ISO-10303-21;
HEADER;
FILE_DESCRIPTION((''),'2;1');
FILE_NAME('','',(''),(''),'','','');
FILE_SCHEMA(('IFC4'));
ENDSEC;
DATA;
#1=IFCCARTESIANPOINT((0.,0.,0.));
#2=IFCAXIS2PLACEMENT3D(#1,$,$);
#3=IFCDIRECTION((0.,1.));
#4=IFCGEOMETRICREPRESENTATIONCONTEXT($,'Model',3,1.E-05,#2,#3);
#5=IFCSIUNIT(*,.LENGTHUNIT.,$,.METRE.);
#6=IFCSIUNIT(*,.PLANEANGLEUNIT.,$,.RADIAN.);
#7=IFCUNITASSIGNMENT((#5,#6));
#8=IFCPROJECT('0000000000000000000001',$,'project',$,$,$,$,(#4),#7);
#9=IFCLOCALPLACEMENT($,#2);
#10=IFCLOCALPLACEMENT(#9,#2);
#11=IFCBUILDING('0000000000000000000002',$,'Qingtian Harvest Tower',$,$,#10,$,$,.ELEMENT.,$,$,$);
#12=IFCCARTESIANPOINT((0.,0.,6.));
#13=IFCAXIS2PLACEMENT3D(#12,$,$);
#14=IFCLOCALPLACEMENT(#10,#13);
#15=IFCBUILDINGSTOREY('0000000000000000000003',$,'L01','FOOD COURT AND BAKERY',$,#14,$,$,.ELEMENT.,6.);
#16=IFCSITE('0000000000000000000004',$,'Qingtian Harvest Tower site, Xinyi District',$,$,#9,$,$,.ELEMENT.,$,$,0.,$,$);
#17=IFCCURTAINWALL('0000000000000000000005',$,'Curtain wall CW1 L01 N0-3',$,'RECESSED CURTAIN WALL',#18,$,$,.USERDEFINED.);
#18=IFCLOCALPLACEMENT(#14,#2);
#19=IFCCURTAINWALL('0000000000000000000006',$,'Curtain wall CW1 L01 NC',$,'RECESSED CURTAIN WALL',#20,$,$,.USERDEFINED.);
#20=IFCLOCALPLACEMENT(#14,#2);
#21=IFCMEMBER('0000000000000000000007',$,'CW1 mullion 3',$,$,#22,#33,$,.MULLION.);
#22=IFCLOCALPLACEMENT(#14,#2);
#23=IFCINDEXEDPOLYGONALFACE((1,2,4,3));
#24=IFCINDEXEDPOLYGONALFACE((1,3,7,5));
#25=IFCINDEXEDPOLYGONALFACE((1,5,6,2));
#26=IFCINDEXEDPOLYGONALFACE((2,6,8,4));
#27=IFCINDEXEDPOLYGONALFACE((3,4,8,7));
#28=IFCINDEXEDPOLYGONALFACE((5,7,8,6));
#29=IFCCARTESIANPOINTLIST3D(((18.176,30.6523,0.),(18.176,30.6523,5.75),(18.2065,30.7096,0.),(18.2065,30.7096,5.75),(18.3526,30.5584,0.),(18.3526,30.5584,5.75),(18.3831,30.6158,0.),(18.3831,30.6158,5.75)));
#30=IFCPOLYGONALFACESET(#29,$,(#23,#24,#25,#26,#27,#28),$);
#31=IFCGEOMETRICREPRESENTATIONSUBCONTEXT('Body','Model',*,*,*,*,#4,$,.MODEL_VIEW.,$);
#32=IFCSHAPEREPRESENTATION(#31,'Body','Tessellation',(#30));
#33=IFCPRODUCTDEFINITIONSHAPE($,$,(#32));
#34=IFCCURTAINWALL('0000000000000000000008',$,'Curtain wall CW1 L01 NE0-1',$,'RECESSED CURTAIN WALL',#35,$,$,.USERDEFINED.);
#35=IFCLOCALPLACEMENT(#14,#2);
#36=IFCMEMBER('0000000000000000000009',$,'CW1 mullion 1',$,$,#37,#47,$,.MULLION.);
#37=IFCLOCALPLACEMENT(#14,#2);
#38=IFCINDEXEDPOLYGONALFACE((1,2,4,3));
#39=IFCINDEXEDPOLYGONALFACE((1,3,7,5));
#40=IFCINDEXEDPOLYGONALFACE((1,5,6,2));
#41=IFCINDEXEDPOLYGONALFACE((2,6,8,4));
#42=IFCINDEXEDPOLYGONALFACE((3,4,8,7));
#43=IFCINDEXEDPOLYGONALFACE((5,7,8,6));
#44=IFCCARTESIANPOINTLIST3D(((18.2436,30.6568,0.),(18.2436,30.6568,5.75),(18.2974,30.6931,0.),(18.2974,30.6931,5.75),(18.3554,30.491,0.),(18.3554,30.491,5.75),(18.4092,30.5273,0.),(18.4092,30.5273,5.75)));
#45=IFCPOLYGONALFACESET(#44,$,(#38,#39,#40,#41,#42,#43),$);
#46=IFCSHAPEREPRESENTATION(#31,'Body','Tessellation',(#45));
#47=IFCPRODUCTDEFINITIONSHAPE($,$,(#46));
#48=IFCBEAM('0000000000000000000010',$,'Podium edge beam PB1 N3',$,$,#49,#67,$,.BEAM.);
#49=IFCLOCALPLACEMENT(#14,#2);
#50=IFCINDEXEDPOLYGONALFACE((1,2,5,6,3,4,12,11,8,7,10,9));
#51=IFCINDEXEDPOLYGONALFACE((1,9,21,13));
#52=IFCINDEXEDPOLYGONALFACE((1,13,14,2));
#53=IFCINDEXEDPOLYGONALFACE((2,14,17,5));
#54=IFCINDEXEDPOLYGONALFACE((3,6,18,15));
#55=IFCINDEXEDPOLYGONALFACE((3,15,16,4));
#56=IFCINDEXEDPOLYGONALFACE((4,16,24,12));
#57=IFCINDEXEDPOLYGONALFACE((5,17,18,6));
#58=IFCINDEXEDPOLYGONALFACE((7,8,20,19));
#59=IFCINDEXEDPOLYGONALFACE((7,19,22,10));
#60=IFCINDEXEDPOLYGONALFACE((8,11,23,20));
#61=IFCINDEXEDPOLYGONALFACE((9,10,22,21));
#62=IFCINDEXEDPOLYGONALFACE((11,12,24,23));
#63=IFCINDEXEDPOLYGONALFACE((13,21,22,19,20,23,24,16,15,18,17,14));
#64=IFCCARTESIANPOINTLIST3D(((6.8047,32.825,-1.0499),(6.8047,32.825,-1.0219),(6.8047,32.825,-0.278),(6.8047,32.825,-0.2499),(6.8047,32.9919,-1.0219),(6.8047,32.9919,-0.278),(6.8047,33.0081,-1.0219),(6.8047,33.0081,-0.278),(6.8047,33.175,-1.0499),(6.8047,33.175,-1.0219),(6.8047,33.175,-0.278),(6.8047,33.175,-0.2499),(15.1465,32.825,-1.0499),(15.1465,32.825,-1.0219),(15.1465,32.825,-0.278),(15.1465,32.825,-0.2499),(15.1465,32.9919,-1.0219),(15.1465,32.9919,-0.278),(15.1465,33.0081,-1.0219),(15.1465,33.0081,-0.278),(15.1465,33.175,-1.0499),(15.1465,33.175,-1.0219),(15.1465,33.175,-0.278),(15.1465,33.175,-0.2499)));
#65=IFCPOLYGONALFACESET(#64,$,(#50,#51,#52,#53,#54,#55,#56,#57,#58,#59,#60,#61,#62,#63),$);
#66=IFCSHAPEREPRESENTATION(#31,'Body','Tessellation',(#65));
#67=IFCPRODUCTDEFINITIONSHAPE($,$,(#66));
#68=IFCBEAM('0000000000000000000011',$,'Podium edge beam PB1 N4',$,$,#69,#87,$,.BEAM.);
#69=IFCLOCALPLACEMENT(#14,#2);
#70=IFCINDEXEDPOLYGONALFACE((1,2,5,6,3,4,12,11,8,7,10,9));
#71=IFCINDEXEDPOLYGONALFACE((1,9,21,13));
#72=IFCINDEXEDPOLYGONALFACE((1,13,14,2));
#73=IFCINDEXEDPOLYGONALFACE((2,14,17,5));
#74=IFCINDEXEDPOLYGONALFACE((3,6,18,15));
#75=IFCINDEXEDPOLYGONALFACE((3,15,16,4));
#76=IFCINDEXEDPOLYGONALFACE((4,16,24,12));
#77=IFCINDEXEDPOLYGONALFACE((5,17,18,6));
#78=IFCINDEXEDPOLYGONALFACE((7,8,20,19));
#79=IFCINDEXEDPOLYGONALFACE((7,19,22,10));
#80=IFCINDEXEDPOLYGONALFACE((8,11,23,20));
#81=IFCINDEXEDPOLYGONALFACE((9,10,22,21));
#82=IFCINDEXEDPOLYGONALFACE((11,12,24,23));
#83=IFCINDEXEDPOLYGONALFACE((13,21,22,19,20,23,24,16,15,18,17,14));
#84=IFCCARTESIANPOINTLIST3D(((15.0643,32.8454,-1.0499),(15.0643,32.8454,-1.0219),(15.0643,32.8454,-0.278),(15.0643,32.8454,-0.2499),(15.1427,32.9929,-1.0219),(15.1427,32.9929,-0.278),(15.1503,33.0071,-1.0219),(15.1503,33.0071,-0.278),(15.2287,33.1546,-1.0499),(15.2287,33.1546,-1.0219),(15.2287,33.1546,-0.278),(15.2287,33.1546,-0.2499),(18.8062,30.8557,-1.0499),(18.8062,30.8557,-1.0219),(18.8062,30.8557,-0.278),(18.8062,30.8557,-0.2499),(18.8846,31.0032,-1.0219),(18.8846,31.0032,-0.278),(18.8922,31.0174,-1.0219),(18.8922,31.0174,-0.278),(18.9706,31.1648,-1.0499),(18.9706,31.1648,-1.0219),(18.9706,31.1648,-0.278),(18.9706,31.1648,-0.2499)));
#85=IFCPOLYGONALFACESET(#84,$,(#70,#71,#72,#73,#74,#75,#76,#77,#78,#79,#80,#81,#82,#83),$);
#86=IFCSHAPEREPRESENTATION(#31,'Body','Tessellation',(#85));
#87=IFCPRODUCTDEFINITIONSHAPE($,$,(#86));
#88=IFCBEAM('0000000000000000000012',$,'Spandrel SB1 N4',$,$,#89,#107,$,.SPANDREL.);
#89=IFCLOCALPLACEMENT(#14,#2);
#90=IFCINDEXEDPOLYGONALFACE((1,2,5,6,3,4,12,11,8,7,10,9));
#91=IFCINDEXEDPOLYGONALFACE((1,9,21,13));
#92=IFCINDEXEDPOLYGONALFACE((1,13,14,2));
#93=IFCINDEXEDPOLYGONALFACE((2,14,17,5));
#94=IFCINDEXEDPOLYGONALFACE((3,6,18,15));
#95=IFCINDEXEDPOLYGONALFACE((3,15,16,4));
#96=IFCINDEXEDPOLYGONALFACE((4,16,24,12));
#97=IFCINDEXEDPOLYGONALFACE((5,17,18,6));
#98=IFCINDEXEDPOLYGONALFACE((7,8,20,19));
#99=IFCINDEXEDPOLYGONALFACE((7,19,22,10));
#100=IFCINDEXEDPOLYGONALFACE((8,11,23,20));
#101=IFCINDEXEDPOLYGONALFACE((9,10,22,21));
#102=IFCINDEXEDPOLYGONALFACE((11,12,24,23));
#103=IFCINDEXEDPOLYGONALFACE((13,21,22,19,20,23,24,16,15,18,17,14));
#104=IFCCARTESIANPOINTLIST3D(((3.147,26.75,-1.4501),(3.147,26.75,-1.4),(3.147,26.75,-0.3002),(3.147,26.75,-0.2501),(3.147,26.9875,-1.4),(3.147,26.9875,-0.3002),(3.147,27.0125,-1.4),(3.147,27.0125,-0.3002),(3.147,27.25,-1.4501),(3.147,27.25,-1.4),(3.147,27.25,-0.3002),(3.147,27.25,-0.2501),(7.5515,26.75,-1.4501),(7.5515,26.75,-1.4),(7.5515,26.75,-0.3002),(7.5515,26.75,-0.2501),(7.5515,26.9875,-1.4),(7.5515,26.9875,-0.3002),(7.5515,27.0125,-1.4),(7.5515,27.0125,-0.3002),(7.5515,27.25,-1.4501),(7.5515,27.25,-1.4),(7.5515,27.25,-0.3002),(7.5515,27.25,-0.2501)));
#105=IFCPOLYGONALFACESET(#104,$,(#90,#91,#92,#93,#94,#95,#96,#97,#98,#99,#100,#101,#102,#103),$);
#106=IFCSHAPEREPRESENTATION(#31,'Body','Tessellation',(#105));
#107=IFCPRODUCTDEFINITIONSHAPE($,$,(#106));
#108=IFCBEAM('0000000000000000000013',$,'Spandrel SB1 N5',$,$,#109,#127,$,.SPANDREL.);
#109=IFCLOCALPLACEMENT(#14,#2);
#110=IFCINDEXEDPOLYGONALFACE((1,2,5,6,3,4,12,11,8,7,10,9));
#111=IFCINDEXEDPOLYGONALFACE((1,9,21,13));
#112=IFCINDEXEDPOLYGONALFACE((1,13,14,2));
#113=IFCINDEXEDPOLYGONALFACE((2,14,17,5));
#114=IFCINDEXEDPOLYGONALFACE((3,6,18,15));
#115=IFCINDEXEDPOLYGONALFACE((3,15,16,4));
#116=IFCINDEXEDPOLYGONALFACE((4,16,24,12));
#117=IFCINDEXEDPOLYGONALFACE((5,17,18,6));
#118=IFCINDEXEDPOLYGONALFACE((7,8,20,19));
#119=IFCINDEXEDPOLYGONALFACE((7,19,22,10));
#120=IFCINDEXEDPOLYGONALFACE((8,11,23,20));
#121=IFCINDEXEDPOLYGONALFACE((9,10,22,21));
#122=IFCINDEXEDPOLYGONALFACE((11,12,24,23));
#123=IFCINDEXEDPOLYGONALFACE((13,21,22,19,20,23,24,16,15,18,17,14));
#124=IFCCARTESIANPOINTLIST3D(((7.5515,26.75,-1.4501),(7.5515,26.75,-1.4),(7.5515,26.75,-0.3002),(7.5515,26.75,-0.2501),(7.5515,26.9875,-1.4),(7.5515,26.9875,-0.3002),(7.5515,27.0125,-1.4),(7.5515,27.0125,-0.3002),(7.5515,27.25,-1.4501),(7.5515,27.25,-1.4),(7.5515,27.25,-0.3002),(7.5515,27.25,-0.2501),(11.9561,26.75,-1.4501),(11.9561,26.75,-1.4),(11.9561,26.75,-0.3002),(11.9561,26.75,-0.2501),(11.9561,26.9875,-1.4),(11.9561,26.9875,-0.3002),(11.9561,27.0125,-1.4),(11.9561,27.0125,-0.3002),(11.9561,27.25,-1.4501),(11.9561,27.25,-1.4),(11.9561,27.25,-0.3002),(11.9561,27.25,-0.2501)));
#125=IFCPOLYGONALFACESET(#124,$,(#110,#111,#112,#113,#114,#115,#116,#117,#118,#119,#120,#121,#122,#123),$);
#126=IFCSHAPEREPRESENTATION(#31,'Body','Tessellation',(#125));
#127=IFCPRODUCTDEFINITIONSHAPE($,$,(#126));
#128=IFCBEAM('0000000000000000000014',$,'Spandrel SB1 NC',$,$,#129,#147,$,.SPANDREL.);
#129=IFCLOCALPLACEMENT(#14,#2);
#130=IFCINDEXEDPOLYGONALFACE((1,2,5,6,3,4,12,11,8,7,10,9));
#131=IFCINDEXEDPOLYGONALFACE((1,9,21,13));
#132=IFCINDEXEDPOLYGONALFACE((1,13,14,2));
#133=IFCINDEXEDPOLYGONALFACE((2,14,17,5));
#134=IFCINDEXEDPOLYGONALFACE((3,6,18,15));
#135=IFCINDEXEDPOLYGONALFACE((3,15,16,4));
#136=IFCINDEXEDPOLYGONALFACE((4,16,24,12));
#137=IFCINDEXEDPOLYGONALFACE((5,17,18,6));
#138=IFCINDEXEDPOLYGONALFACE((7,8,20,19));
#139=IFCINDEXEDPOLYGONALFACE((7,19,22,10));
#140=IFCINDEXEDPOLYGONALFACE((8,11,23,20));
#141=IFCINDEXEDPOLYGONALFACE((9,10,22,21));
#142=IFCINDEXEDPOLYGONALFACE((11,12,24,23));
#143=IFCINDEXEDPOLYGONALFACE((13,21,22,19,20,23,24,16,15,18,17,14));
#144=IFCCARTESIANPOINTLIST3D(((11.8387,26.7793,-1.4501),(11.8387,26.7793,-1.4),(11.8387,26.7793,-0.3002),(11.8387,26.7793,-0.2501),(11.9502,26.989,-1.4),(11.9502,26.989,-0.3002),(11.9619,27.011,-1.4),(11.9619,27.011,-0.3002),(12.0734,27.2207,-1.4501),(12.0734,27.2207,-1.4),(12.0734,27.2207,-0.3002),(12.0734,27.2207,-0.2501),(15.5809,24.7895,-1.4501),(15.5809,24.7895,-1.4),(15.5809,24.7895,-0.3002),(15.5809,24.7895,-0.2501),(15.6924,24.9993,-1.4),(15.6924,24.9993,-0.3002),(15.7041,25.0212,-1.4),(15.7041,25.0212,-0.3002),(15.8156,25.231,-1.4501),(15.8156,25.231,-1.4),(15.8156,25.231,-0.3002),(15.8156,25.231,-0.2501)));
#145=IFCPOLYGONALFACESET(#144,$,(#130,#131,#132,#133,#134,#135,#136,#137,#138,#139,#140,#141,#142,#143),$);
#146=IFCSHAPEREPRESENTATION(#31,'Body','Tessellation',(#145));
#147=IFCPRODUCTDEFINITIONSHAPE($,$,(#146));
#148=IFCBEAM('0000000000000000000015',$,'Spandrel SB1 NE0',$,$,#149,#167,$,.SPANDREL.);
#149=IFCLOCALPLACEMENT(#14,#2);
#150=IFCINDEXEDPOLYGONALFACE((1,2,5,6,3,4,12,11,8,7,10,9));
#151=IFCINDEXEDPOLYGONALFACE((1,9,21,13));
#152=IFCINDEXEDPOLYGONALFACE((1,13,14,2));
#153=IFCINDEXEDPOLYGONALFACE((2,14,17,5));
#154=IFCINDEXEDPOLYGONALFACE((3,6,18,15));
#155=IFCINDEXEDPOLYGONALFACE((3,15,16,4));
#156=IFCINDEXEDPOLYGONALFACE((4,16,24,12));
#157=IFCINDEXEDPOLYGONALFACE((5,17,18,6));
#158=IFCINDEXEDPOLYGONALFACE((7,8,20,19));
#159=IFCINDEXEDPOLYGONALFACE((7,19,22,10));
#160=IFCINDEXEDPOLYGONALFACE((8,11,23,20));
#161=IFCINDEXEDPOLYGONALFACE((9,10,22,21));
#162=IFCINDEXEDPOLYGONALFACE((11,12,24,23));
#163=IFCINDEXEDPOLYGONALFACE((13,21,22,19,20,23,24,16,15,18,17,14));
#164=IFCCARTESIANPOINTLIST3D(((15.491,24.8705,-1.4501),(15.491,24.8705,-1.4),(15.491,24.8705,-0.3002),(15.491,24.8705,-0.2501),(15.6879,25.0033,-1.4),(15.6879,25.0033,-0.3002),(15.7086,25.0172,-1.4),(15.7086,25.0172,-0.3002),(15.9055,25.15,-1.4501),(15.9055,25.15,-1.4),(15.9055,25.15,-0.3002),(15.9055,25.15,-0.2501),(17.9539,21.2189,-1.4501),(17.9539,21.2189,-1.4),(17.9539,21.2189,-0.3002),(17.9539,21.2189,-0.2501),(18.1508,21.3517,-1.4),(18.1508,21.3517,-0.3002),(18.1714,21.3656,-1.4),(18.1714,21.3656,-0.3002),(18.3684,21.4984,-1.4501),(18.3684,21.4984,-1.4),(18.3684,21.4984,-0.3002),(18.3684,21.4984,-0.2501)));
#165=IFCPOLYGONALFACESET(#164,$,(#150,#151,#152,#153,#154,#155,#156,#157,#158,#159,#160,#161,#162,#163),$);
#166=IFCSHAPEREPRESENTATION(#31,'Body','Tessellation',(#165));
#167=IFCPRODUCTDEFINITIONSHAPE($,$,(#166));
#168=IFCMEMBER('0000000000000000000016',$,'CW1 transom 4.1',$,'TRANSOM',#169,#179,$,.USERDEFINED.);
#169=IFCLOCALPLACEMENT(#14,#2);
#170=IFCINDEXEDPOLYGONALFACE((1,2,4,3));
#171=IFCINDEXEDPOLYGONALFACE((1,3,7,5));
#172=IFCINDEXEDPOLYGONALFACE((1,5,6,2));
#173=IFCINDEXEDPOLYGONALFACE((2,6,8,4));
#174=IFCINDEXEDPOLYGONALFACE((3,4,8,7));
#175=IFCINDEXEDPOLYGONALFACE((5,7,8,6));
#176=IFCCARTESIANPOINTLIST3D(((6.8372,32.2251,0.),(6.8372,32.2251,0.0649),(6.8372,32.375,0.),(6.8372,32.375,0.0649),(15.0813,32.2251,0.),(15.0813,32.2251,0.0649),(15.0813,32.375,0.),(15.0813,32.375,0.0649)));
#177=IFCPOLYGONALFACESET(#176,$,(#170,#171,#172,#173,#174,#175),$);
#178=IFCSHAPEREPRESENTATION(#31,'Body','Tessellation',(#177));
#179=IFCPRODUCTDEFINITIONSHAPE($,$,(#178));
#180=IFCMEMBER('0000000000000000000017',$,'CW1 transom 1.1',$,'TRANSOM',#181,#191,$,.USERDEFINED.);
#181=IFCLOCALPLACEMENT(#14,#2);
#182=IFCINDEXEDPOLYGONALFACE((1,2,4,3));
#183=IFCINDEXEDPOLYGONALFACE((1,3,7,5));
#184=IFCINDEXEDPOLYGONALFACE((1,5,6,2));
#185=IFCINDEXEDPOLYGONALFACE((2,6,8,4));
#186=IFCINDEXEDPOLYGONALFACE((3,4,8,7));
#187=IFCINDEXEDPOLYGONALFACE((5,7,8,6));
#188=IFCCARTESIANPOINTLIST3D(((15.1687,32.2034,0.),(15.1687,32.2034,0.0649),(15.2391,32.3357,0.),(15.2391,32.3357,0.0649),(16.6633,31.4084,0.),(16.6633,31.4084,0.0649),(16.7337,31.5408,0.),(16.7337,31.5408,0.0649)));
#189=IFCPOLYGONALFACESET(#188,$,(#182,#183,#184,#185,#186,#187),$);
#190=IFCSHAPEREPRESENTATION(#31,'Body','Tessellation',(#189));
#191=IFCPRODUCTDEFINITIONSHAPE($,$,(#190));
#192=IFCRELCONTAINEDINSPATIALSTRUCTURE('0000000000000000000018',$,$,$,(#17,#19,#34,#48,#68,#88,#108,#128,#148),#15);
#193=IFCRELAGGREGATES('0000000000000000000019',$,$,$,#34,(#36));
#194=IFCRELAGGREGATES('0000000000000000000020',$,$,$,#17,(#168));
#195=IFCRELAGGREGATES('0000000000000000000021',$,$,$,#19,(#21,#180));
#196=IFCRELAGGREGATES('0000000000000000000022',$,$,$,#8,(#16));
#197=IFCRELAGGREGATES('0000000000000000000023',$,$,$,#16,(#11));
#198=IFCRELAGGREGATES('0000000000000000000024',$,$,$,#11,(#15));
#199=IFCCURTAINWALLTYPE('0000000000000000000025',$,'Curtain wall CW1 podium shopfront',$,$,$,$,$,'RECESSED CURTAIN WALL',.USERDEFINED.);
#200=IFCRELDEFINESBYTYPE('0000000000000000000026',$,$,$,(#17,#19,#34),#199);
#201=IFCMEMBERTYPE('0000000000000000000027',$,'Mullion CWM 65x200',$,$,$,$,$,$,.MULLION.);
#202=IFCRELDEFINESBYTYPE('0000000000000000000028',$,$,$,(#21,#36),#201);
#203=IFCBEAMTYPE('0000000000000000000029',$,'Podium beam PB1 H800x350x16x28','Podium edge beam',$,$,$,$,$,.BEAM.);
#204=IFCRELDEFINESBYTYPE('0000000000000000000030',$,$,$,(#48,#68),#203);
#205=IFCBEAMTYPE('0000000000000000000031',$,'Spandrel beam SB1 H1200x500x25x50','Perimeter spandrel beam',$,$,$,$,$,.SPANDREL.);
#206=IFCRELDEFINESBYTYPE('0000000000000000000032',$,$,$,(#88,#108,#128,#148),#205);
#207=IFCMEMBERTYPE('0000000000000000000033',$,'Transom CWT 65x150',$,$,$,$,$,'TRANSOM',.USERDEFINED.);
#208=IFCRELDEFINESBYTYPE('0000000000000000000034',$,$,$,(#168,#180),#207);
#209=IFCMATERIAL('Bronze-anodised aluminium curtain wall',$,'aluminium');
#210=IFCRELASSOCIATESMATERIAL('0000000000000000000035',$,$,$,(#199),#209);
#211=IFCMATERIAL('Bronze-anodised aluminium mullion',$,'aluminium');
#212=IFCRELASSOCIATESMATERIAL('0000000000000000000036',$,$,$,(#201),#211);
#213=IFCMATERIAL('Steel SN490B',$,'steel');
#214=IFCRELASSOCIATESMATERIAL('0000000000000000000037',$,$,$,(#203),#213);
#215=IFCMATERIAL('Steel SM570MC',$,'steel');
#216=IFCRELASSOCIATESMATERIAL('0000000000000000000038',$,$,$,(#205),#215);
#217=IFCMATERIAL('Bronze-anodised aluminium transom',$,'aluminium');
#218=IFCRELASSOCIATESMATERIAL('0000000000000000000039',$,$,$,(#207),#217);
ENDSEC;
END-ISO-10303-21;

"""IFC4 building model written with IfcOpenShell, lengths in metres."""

from ifc_helpers import new_model, si_unit, direction, frame, origin, origin_2d, place, context, subcontext, project, spatial, rectangle, i_section, extrude, material, material_profile, profile_set, type_object, element, aggregate, save


model = new_model("IFC4")

# Units and contexts
model_context = context("Model", 3, precision=1e-05, world=origin(), true_north=direction((0.0, 1.0)))
body_context = subcontext(model_context, "Body", "Model", "MODEL_VIEW")
ifc_project = project(units=[si_unit("LENGTHUNIT", "METRE"), si_unit("PLANEANGLEUNIT", "RADIAN")], contexts=[model_context])

# Site, building, storey
site_placement = place(None, origin())
site = spatial("IfcSite", under=ifc_project, at=site_placement, Name="Qingtian Harvest Tower site, Xinyi District", CompositionType="ELEMENT", RefElevation=0.0)
building_placement = place(site_placement, origin())
building = spatial("IfcBuilding", under=site, at=building_placement, Name="Qingtian Harvest Tower", CompositionType="ELEMENT")
storey_placement = place(building_placement, frame((0.0, 0.0, 6.0)))
storey = spatial("IfcBuildingStorey", under=building, at=storey_placement, Name="L01", Description="FOOD COURT AND BAKERY", CompositionType="ELEMENT", Elevation=6.0)

# Curtain walls, member
ifc_material_1 = material(Name="Bronze-anodised aluminium curtain wall", Category="aluminium")
curtain_wall_type = type_object("IfcCurtainWallType", Name="Curtain wall CW1 podium shopfront", ElementType="RECESSED CURTAIN WALL", PredefinedType="USERDEFINED", material=ifc_material_1)
curtain_wall_1_placement = place(storey_placement, origin())
curtain_wall_1 = element("IfcCurtainWall", 1, at=curtain_wall_1_placement, inside=storey, type_object=curtain_wall_type, Name="Curtain wall CW1 L01 N0-3", ObjectType="RECESSED CURTAIN WALL", PredefinedType="USERDEFINED")
ifc_material_2 = material(Name="Bronze-anodised aluminium mullion", Category="aluminium")
ifc_material_profile_1 = material_profile(ifc_material_2, rectangle(XDim=0.0649, YDim=0.2, at=origin_2d()), Name="AL 65x200")
ifc_profile_set_1 = profile_set([ifc_material_profile_1], Name="Bronze-anodised aluminium mullion")
member_type_1 = type_object("IfcMemberType", Name="Mullion CWM 65x200", PredefinedType="MULLION", material=ifc_profile_set_1)
curtain_wall_2_placement = place(storey_placement, origin())
curtain_wall_2 = element("IfcCurtainWall", 2, at=curtain_wall_2_placement, inside=storey, type_object=curtain_wall_type, Name="Curtain wall CW1 L01 NC", ObjectType="RECESSED CURTAIN WALL", PredefinedType="USERDEFINED")
member_1_placement = place(storey_placement, frame((18.2795, 30.634, 0.0), z_axis=(0.0, 0.0, 1.0), x_axis=(0.469472, 0.882948, 0.0)))
member_1 = element("IfcMember", 3, at=member_1_placement, type_object=member_type_1, Name="CW1 mullion 3", PredefinedType="MULLION", context=body_context, shape_type="SweptSolid", body=[
    extrude(rectangle(XDim=0.0649, YDim=0.2, at=origin_2d()), origin(), (0.0, 0.0, 1.0), 5.75),
])

# Curtain wall, member
curtain_wall_3_placement = place(storey_placement, origin())
curtain_wall_3 = element("IfcCurtainWall", 4, at=curtain_wall_3_placement, inside=storey, type_object=curtain_wall_type, Name="Curtain wall CW1 L01 NE0-1", ObjectType="RECESSED CURTAIN WALL", PredefinedType="USERDEFINED")
member_2_placement = place(storey_placement, frame((18.3264, 30.592, 0.0), z_axis=(0.0, 0.0, 1.0), x_axis=(0.829038, 0.559193, 0.0)))
member_2 = element("IfcMember", 5, at=member_2_placement, type_object=member_type_1, Name="CW1 mullion 1", PredefinedType="MULLION", context=body_context, shape_type="SweptSolid", body=[
    extrude(rectangle(XDim=0.0649, YDim=0.2, at=origin_2d()), origin(), (0.0, 0.0, 1.0), 5.75),
])

# Beams
ifc_material_3 = material(Name="Steel SN490B", Category="steel")
ifc_material_profile_2 = material_profile(ifc_material_3, i_section(OverallWidth=0.3501, OverallDepth=0.8, WebThickness=0.0161, FlangeThickness=0.0281, at=origin_2d()), Name="H800x350x16x28")
ifc_profile_set_2 = profile_set([ifc_material_profile_2], Name="Steel SN490B")
beam_type_1 = type_object("IfcBeamType", Name="Podium beam PB1 H800x350x16x28", Description="Podium edge beam", PredefinedType="BEAM", material=ifc_profile_set_2)
beam_1_placement = place(storey_placement, frame((6.8047, 33.0, -0.6499), z_axis=(1.0, 0.0, 0.0), x_axis=(0.0, 1.0, 0.0)))
element("IfcBeam", 6, at=beam_1_placement, inside=storey, type_object=beam_type_1, Name="Podium edge beam PB1 N3", PredefinedType="BEAM", context=body_context, shape_type="SweptSolid", body=[
    extrude(i_section(OverallWidth=0.3501, OverallDepth=0.8, WebThickness=0.0161, FlangeThickness=0.0281, at=origin_2d()), origin(), (0.0, 0.0, 1.0), 8.3418),
])
beam_2_placement = place(storey_placement, frame((15.1465, 33.0, -0.6499), z_axis=(0.882936, -0.469494, 0.0), x_axis=(0.469494, 0.882936, 0.0)))
element("IfcBeam", 7, at=beam_2_placement, inside=storey, type_object=beam_type_1, Name="Podium edge beam PB1 N4", PredefinedType="BEAM", context=body_context, shape_type="SweptSolid", body=[
    extrude(i_section(OverallWidth=0.3501, OverallDepth=0.8, WebThickness=0.0161, FlangeThickness=0.0281, at=origin_2d()), origin(), (0.0, 0.0, 1.0), 4.238),
])
ifc_material_4 = material(Name="Steel SM570MC", Category="steel")
ifc_material_profile_3 = material_profile(ifc_material_4, i_section(OverallWidth=0.5, OverallDepth=1.2, WebThickness=0.0249, FlangeThickness=0.05, at=origin_2d()), Name="H1200x500x25x50")
ifc_profile_set_3 = profile_set([ifc_material_profile_3], Name="Steel SM570MC")
beam_type_2 = type_object("IfcBeamType", Name="Spandrel beam SB1 H1200x500x25x50", Description="Perimeter spandrel beam", PredefinedType="SPANDREL", material=ifc_profile_set_3)
for number, where, z_axis, x_axis, name in (
    (8, (3.147, 27.0, -0.8501), (1.0, 0.0, 0.0), (0.0, 1.0, 0.0), "Spandrel SB1 N4"),
    (9, (7.5515, 27.0, -0.8501), (1.0, 0.0, 0.0), (0.0, 1.0, 0.0), "Spandrel SB1 N5"),
):
    element("IfcBeam", number, at=place(storey_placement, frame(where, z_axis=z_axis, x_axis=x_axis)), inside=storey, type_object=beam_type_2, Name=name, PredefinedType="SPANDREL", context=body_context, shape_type="SweptSolid", body=[
        extrude(i_section(OverallWidth=0.5, OverallDepth=1.2, WebThickness=0.0249, FlangeThickness=0.05, at=origin_2d()), origin(), (0.0, 0.0, 1.0), 4.4045),
    ])
beam_3_placement = place(storey_placement, frame((11.9561, 27.0, -0.8501), z_axis=(0.882949, -0.46947, 0.0), x_axis=(0.46947, 0.882949, 0.0)))
element("IfcBeam", 10, at=beam_3_placement, inside=storey, type_object=beam_type_2, Name="Spandrel SB1 NC", PredefinedType="SPANDREL", context=body_context, shape_type="SweptSolid", body=[
    extrude(i_section(OverallWidth=0.5, OverallDepth=1.2, WebThickness=0.0249, FlangeThickness=0.05, at=origin_2d()), origin(), (0.0, 0.0, 1.0), 4.2383),
])
beam_4_placement = place(storey_placement, frame((15.6982, 25.0103, -0.8501), z_axis=(0.559169, -0.829054, 0.0), x_axis=(0.829054, 0.559169, 0.0)))
element("IfcBeam", 11, at=beam_4_placement, inside=storey, type_object=beam_type_2, Name="Spandrel SB1 NE0", PredefinedType="SPANDREL", context=body_context, shape_type="SweptSolid", body=[
    extrude(i_section(OverallWidth=0.5, OverallDepth=1.2, WebThickness=0.0249, FlangeThickness=0.05, at=origin_2d()), origin(), (0.0, 0.0, 1.0), 4.4045),
])

# Members
ifc_material_5 = material(Name="Bronze-anodised aluminium transom", Category="aluminium")
ifc_material_profile_4 = material_profile(ifc_material_5, rectangle(XDim=0.1499, YDim=0.0649, at=origin_2d()), Name="AL 65x150")
ifc_profile_set_4 = profile_set([ifc_material_profile_4], Name="Bronze-anodised aluminium transom")
member_type_2 = type_object("IfcMemberType", Name="Transom CWT 65x150", ElementType="TRANSOM", PredefinedType="USERDEFINED", material=ifc_profile_set_4)
member_3_placement = place(storey_placement, frame((6.8372, 32.3, 0.0325), z_axis=(1.0, 0.0, 0.0), x_axis=(0.0, 1.0, 0.0)))
member_3 = element("IfcMember", 12, at=member_3_placement, type_object=member_type_2, Name="CW1 transom 4.1", ObjectType="TRANSOM", PredefinedType="USERDEFINED", context=body_context, shape_type="SweptSolid", body=[
    extrude(rectangle(XDim=0.1499, YDim=0.0649, at=origin_2d()), origin(), (0.0, 0.0, 1.0), 8.2441),
])
member_4_placement = place(storey_placement, frame((15.2039, 32.2695, 0.0325), z_axis=(0.882895, -0.46957, 0.0), x_axis=(0.46957, 0.882895, 0.0)))
member_4 = element("IfcMember", 13, at=member_4_placement, type_object=member_type_2, Name="CW1 transom 1.1", ObjectType="TRANSOM", PredefinedType="USERDEFINED", context=body_context, shape_type="SweptSolid", body=[
    extrude(rectangle(XDim=0.1499, YDim=0.0649, at=origin_2d()), origin(), (0.0, 0.0, 1.0), 1.6929),
])
aggregate(curtain_wall_3, [member_2])

aggregate(curtain_wall_1, [member_3])
aggregate(curtain_wall_2, [member_1, member_4])

save(model, "model.ifc")
